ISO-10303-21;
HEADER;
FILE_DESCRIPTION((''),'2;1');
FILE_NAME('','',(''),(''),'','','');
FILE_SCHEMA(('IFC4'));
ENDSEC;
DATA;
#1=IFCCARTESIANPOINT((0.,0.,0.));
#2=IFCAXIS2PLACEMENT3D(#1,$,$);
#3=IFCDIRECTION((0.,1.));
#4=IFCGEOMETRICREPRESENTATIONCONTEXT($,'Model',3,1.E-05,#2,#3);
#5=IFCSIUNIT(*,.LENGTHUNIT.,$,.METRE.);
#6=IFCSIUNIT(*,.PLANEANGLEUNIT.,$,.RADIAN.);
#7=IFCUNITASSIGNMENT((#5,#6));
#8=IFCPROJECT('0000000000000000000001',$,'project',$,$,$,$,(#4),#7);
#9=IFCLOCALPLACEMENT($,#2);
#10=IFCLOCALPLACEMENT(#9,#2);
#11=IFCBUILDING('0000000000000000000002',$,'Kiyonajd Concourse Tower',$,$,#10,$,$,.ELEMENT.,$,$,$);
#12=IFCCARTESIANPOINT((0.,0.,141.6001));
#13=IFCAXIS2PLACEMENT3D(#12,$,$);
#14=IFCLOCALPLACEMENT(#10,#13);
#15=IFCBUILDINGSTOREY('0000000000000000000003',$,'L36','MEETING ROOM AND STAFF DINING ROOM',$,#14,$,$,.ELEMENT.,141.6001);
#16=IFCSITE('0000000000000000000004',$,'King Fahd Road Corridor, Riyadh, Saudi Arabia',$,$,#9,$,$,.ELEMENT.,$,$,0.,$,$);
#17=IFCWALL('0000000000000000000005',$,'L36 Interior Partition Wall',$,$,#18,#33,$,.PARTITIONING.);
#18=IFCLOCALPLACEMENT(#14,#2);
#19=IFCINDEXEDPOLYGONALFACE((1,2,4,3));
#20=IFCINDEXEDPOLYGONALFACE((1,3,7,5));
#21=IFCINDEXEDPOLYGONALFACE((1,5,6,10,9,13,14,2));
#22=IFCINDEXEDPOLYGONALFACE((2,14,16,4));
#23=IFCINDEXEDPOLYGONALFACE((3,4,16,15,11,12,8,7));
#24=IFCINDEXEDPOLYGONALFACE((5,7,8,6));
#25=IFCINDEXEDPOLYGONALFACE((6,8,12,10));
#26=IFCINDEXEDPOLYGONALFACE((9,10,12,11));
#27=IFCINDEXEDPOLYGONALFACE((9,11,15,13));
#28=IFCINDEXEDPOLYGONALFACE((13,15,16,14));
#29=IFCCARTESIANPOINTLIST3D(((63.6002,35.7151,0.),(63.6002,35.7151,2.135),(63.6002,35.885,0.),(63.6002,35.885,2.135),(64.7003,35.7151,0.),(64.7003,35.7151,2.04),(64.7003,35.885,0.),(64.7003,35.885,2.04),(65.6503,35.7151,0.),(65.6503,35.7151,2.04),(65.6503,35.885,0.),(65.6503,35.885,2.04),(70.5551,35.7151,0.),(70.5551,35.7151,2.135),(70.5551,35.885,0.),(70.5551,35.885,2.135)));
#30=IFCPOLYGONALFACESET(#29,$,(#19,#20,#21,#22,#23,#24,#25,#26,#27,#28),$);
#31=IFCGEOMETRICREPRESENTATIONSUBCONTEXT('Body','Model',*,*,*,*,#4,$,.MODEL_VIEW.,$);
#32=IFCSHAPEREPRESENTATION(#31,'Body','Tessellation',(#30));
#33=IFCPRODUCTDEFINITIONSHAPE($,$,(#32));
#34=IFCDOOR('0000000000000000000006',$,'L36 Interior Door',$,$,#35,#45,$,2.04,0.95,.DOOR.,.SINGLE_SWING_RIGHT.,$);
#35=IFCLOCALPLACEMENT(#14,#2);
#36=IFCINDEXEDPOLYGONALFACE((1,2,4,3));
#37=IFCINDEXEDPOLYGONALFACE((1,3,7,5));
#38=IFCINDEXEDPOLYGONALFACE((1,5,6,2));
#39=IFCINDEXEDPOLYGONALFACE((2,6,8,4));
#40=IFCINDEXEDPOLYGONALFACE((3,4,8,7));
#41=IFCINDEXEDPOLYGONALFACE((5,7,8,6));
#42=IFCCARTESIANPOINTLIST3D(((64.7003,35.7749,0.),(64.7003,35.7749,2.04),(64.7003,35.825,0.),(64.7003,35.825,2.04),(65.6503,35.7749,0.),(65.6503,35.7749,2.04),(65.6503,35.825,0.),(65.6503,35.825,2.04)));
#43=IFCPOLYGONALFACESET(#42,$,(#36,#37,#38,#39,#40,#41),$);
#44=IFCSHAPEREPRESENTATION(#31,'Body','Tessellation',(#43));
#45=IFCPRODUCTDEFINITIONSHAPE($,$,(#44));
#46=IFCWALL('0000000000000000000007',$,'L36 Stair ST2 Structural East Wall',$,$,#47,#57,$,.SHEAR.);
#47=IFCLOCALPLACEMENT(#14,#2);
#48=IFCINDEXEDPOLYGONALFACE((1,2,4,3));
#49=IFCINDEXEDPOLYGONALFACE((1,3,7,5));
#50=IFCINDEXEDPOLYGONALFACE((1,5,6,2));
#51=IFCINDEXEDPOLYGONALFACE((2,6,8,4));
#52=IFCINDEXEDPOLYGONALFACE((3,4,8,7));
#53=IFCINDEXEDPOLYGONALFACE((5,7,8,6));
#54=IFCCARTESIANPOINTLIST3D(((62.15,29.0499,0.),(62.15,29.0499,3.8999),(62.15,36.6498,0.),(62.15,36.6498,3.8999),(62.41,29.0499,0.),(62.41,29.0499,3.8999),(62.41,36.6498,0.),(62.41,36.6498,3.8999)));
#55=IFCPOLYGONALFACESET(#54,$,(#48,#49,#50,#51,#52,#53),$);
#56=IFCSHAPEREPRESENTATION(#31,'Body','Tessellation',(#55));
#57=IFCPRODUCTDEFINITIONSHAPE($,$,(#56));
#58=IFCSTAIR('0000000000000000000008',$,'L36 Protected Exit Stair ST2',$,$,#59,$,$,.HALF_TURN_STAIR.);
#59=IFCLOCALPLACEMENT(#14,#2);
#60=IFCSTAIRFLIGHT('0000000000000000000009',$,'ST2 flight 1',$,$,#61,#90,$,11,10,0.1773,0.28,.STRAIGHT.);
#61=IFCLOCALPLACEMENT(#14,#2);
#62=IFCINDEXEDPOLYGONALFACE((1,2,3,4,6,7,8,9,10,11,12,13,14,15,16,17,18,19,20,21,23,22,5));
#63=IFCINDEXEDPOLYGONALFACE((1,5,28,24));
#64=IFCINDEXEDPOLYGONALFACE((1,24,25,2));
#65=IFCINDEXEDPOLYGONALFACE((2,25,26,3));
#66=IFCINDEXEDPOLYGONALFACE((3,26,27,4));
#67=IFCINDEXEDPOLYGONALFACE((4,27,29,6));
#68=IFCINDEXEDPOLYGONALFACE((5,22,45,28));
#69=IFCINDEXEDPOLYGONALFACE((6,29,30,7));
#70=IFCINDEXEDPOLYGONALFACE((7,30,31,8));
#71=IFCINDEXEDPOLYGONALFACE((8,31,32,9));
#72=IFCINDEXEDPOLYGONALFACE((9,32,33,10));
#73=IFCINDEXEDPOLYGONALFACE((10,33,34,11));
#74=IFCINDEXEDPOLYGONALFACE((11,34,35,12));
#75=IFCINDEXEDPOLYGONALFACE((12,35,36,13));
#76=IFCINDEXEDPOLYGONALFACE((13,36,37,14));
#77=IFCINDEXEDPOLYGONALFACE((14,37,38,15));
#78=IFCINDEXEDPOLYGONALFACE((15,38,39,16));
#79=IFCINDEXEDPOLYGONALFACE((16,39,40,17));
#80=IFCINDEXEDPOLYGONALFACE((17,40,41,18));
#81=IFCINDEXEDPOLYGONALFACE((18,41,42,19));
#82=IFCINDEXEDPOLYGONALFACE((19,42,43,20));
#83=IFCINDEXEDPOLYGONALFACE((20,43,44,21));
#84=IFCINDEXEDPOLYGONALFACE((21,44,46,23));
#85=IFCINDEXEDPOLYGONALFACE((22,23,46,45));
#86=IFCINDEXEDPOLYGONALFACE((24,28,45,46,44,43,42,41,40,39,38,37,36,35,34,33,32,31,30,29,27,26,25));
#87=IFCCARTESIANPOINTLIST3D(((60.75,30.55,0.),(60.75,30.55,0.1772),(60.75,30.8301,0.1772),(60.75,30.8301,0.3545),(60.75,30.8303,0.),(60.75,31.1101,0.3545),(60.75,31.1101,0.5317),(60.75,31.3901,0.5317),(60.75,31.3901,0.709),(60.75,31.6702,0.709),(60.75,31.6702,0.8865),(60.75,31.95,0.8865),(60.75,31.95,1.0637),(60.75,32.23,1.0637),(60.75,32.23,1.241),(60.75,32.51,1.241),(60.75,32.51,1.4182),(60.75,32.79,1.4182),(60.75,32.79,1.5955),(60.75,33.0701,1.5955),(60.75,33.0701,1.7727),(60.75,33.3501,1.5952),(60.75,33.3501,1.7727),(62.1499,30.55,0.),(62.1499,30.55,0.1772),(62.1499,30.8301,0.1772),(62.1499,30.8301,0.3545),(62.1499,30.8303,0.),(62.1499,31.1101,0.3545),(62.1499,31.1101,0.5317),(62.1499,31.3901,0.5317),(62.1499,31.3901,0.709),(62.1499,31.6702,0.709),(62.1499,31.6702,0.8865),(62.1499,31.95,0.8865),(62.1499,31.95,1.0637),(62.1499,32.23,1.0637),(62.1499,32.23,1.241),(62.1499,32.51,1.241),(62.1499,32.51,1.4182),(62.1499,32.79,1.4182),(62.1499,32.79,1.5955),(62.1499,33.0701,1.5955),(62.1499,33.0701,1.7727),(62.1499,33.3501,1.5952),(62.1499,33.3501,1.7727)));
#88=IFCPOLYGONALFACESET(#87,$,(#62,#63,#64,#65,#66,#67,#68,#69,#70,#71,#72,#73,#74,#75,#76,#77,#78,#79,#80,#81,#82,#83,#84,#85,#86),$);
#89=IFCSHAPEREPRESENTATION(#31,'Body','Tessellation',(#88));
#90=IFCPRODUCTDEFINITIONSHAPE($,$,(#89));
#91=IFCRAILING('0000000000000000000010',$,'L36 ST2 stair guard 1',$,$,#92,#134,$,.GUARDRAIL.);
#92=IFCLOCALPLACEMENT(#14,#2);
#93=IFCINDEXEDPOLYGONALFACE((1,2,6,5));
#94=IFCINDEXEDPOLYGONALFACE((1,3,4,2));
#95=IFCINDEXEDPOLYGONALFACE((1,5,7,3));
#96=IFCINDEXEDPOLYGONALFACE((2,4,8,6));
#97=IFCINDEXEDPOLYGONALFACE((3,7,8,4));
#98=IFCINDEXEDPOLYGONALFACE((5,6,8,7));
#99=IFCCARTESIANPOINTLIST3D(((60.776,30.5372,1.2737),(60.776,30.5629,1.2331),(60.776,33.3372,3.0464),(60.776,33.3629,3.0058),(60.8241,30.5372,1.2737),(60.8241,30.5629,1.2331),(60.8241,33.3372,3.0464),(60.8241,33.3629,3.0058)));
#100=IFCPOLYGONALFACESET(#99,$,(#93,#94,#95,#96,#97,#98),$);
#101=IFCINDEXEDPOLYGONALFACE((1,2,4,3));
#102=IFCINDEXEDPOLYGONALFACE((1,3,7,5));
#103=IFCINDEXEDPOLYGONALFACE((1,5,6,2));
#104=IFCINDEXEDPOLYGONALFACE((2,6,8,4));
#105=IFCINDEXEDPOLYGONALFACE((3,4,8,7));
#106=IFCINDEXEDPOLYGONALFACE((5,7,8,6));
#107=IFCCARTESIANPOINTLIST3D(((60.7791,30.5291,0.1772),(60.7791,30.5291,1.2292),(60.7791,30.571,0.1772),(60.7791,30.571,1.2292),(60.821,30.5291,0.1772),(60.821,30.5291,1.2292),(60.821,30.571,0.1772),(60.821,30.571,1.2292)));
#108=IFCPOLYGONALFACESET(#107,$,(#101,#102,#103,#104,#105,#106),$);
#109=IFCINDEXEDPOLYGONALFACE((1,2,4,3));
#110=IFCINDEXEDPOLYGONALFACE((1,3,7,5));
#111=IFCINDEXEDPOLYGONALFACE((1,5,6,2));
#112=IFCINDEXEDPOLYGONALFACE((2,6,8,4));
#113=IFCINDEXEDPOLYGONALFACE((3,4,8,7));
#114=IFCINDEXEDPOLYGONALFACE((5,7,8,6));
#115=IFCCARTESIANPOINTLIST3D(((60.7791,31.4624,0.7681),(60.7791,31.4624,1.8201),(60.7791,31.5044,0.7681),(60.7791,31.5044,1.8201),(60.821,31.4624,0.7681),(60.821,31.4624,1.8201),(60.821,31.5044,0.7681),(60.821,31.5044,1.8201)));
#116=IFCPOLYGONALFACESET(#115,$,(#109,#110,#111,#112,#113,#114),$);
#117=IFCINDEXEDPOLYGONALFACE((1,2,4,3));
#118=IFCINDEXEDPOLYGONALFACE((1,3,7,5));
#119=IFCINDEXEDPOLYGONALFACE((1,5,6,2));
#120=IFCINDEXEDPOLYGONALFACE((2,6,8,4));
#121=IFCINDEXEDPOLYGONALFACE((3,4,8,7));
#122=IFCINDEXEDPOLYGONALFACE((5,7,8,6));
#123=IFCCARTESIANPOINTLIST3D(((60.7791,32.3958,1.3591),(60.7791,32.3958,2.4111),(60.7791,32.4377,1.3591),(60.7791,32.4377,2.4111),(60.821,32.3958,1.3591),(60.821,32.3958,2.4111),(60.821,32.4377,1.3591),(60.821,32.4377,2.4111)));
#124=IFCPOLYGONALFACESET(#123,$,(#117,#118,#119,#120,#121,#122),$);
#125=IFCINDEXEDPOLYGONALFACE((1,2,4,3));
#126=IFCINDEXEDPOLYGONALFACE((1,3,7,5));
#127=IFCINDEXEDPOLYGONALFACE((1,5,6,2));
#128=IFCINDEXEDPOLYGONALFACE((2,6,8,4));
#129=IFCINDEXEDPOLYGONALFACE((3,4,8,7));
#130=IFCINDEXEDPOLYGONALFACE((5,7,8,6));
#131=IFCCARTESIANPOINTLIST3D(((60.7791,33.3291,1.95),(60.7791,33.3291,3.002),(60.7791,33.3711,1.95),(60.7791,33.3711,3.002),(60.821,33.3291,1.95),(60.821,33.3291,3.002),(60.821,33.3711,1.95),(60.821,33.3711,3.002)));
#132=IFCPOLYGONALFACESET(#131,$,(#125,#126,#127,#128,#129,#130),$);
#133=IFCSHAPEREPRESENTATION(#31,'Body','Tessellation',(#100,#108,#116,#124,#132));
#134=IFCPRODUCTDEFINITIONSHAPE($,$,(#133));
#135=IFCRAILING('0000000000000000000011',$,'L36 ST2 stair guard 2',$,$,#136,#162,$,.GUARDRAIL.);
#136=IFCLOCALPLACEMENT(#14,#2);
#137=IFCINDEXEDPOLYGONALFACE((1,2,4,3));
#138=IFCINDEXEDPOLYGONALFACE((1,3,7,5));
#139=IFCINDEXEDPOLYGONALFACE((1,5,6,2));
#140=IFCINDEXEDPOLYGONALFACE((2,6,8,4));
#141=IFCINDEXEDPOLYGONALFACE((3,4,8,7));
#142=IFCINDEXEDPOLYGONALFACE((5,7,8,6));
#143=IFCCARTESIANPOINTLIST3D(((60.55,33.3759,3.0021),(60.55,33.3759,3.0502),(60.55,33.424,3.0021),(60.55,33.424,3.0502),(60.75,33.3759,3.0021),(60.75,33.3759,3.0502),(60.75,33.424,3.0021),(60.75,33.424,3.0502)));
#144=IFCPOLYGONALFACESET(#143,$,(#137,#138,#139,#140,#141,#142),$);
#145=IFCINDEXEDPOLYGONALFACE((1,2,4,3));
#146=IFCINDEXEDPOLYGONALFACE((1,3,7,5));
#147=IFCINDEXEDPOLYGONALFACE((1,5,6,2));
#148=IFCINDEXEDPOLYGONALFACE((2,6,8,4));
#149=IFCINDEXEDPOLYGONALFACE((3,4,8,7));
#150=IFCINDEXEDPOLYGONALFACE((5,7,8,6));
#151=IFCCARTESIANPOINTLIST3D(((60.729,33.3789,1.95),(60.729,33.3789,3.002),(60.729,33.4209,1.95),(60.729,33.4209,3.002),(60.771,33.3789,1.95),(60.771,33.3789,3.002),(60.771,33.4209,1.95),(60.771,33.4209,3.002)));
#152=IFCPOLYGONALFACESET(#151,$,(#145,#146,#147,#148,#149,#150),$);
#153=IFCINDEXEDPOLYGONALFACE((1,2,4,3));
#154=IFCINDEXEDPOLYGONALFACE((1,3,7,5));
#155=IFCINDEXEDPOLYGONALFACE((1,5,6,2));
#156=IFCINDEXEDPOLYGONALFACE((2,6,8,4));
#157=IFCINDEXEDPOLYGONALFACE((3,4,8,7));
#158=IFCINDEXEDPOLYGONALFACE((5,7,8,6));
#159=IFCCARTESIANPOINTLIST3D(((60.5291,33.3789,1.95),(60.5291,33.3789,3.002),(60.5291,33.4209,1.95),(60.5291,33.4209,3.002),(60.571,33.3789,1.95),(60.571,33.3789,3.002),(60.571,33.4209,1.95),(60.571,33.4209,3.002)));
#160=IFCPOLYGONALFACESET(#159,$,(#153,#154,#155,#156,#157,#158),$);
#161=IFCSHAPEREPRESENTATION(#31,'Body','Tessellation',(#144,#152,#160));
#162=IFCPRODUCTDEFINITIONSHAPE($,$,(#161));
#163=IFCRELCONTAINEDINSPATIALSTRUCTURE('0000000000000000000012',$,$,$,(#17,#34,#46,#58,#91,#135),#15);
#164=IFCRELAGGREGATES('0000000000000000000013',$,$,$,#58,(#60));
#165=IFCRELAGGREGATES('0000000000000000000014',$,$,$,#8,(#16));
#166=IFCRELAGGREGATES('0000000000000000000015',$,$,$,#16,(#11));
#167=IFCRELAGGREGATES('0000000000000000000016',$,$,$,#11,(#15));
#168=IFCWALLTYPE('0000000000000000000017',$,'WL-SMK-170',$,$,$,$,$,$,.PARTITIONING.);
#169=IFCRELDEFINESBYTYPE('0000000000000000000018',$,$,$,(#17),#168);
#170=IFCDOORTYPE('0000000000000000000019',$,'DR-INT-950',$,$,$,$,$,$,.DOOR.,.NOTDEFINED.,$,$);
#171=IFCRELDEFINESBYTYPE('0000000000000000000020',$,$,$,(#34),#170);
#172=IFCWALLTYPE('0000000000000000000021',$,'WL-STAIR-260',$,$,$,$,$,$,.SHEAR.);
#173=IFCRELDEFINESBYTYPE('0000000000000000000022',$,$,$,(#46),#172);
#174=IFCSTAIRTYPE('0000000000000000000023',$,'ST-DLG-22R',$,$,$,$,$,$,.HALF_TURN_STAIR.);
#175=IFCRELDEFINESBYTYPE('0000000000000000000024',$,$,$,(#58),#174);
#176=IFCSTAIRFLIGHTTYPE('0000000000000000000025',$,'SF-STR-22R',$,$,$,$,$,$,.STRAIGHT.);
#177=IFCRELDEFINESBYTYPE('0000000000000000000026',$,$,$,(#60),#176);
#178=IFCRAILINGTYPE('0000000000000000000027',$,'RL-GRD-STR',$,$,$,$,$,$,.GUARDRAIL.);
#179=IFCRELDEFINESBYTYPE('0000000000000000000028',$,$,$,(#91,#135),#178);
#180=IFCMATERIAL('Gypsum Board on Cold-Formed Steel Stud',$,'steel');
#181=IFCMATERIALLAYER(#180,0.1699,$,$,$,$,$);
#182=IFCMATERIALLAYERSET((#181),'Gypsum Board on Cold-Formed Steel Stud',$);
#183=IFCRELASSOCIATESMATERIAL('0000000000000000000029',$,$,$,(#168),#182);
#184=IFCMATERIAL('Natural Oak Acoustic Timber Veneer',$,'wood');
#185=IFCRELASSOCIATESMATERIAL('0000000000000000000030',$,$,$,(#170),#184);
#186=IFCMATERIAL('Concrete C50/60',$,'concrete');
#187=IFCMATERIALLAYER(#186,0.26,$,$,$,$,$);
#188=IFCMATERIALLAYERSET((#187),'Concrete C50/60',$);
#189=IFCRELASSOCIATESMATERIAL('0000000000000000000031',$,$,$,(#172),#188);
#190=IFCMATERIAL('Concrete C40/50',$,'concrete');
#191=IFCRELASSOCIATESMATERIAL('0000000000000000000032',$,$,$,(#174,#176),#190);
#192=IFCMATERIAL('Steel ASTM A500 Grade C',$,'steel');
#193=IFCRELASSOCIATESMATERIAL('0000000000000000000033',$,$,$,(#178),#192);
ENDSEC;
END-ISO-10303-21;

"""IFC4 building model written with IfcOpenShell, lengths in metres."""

from ifc_helpers import new_model, si_unit, direction, frame, frame_2d, origin, origin_2d, place, context, subcontext, project, spatial, polyline, rectangle, outline, extrude, material, layer, layer_set, type_object, element, fill, aggregate, save


model = new_model("IFC4")

# Units and contexts
model_context = context("Model", 3, precision=1e-05, world=origin(), true_north=direction((0.0, 1.0)))
body_context = subcontext(model_context, "Body", "Model", "MODEL_VIEW")
ifc_project = project(units=[si_unit("LENGTHUNIT", "METRE"), si_unit("PLANEANGLEUNIT", "RADIAN")], contexts=[model_context])

# Site, building, storey
site_placement = place(None, origin())
site = spatial("IfcSite", under=ifc_project, at=site_placement, Name="King Fahd Road Corridor, Riyadh, Saudi Arabia", CompositionType="ELEMENT", RefElevation=0.0)
building_placement = place(site_placement, origin())
building = spatial("IfcBuilding", under=site, at=building_placement, Name="Kiyonajd Concourse Tower", CompositionType="ELEMENT")
storey_placement = place(building_placement, frame((0.0, 0.0, 141.6001)))
storey = spatial("IfcBuildingStorey", under=building, at=storey_placement, Name="L36", Description="MEETING ROOM AND STAFF DINING ROOM", CompositionType="ELEMENT", Elevation=141.6001)

# Wall, opening, door
ifc_material_1 = material(Name="Gypsum Board on Cold-Formed Steel Stud", Category="steel")
ifc_layer_1 = layer(ifc_material_1, 0.1699)
ifc_layer_set_1 = layer_set([ifc_layer_1], Name="Gypsum Board on Cold-Formed Steel Stud")
wall_type_1 = type_object("IfcWallType", Name="WL-SMK-170", PredefinedType="PARTITIONING", material=ifc_layer_set_1)
wall_1_placement = place(storey_placement, frame((63.6001, 35.8, 0.0), z_axis=(0.0, 0.0, 1.0), x_axis=(1.0, 0.0, 0.0)))
wall_1 = element("IfcWall", 1, at=wall_1_placement, inside=storey, type_object=wall_type_1, Name="L36 Interior Partition Wall", PredefinedType="PARTITIONING", context=body_context, shape_type="SweptSolid", body=[
    extrude(rectangle(XDim=6.9548, YDim=0.1699, at=frame_2d((3.4775, 0.0))), origin(), (0.0, 0.0, 1.0), 2.135),
])
opening_placement = place(wall_1_placement, frame((1.1001, 0.0, 0.0)))
opening = element("IfcOpeningElement", 2, at=opening_placement, cuts=wall_1, PredefinedType="OPENING", context=body_context, shape_type="SweptSolid", body=[
    extrude(rectangle(XDim=0.95, YDim=2.04, at=frame_2d((0.4751, 1.02))), frame((0.0, 0.095, 0.0), z_axis=(0.0, -1.0, 0.0), x_axis=(1.0, 0.0, 0.0)), (0.0, 0.0, 1.0), 0.1899),
])
ifc_material_2 = material(Name="Natural Oak Acoustic Timber Veneer", Category="wood")
door_type = type_object("IfcDoorType", Name="DR-INT-950", OperationType="NOTDEFINED", PredefinedType="DOOR", material=ifc_material_2)
door_placement = place(opening_placement, origin())
door = element("IfcDoor", 3, at=door_placement, inside=storey, type_object=door_type, Name="L36 Interior Door", OperationType="SINGLE_SWING_RIGHT", OverallHeight=2.04, OverallWidth=0.95, PredefinedType="DOOR", context=body_context, shape_type="SweptSolid", body=[
    extrude(rectangle(XDim=0.95, YDim=2.04, at=frame_2d((0.4751, 1.02))), frame((0.0, 0.0249, 0.0), z_axis=(0.0, -1.0, 0.0), x_axis=(1.0, 0.0, 0.0)), (0.0, 0.0, 1.0), 0.05),
])
fill(opening, door)

# Wall
ifc_material_3 = material(Name="Concrete C50/60", Category="concrete")
ifc_layer_2 = layer(ifc_material_3, 0.26)
ifc_layer_set_2 = layer_set([ifc_layer_2], Name="Concrete C50/60")
wall_type_2 = type_object("IfcWallType", Name="WL-STAIR-260", PredefinedType="SHEAR", material=ifc_layer_set_2)
wall_2_placement = place(storey_placement, frame((62.28, 29.05, 0.0), z_axis=(0.0, 0.0, 1.0), x_axis=(0.0, 1.0, 0.0)))
element("IfcWall", 4, at=wall_2_placement, inside=storey, type_object=wall_type_2, Name="L36 Stair ST2 Structural East Wall", PredefinedType="SHEAR", context=body_context, shape_type="SweptSolid", body=[
    extrude(rectangle(XDim=7.5999, YDim=0.26, at=frame_2d((3.7998, 0.0))), origin(), (0.0, 0.0, 1.0), 3.8999),
])

# Stair, stair flight
ifc_material_4 = material(Name="Concrete C40/50", Category="concrete")
stair_type = type_object("IfcStairType", Name="ST-DLG-22R", PredefinedType="HALF_TURN_STAIR", material=ifc_material_4)
stair_placement = place(storey_placement, origin())
stair = element("IfcStair", 5, at=stair_placement, inside=storey, type_object=stair_type, Name="L36 Protected Exit Stair ST2", PredefinedType="HALF_TURN_STAIR")
stair_flight_type = type_object("IfcStairFlightType", Name="SF-STR-22R", PredefinedType="STRAIGHT", material=ifc_material_4)
stair_flight_placement = place(storey_placement, frame((61.45, 30.55, 0.0), z_axis=(0.0, 0.0, 1.0), x_axis=(0.0, 1.0, 0.0)))
stair_flight = element("IfcStairFlight", 6, at=stair_flight_placement, type_object=stair_flight_type, Name="ST2 flight 1", NumberOfRisers=11, NumberOfTreads=10, PredefinedType="STRAIGHT", RiserHeight=0.1773, TreadLength=0.28, context=body_context, shape_type="SweptSolid", body=[
    extrude(outline(polyline([(0.0, 0.0), (0.0, 0.1772), (0.28, 0.1772), (0.28, 0.3545), (0.5601, 0.3545), (0.5601, 0.5317), (0.8401, 0.5317), (0.8401, 0.709), (1.1201, 0.709), (1.1201, 0.8865), (1.3999, 0.8865), (1.3999, 1.0637), (1.6799, 1.0637), (1.6799, 1.241), (1.96, 1.241), (1.96, 1.4182), (2.24, 1.4182), (2.24, 1.5955), (2.52, 1.5955), (2.52, 1.7727), (2.8, 1.7727), (2.8, 1.95), (2.8, 1.5952), (0.2803, 0.0), (0.0, 0.0)])), frame((0.0, 0.7, 0.0), z_axis=(0.0, -1.0, 0.0), x_axis=(1.0, 0.0, 0.0)), (0.0, 0.0, 1.0), 1.3999),
])
aggregate(stair, [stair_flight])

# Railings
ifc_material_5 = material(Name="Steel ASTM A500 Grade C", Category="steel")
railing_type_1 = type_object("IfcRailingType", Name="RL-GRD-STR", PredefinedType="GUARDRAIL", material=ifc_material_5)
railing_1_placement = place(storey_placement, frame((60.8, 30.55, 0.1772)))
element("IfcRailing", 7, at=railing_1_placement, inside=storey, type_object=railing_type_1, Name="L36 ST2 stair guard 1", PredefinedType="GUARDRAIL", context=body_context, shape_type="SweptSolid", body=[
    extrude(rectangle(XDim=0.0481, YDim=0.0481, at=origin_2d()), frame((0.0, 0.0, 1.0762), z_axis=(0.0, 0.844909, 0.53491), x_axis=(-1.0, 0.0, 0.0)), (0.0, 0.0, 1.0), 3.314),
    extrude(rectangle(XDim=0.042, YDim=0.042, at=origin_2d()), origin(), (0.0, 0.0, 1.0), 1.052),
    extrude(rectangle(XDim=0.042, YDim=0.042, at=origin_2d()), frame((0.0, 0.9333, 0.5908)), (0.0, 0.0, 1.0), 1.052),
    extrude(rectangle(XDim=0.042, YDim=0.042, at=origin_2d()), frame((0.0, 1.8667, 1.1819)), (0.0, 0.0, 1.0), 1.052),
    extrude(rectangle(XDim=0.042, YDim=0.042, at=origin_2d()), frame((0.0, 2.8, 1.7727)), (0.0, 0.0, 1.0), 1.052),
])
railing_2_placement = place(storey_placement, frame((60.75, 33.3999, 1.95)))
element("IfcRailing", 8, at=railing_2_placement, inside=storey, type_object=railing_type_1, Name="L36 ST2 stair guard 2", PredefinedType="GUARDRAIL", context=body_context, shape_type="SweptSolid", body=[
    extrude(rectangle(XDim=0.0481, YDim=0.0481, at=origin_2d()), frame((0.0, 0.0, 1.0762), z_axis=(-1.0, 0.0, 0.0), x_axis=(0.0, -1.0, 0.0)), (0.0, 0.0, 1.0), 0.2),
    extrude(rectangle(XDim=0.042, YDim=0.042, at=origin_2d()), origin(), (0.0, 0.0, 1.0), 1.052),
    extrude(rectangle(XDim=0.042, YDim=0.042, at=origin_2d()), frame((-0.2, 0.0, 0.0)), (0.0, 0.0, 1.0), 1.052),
])

save(model, "model.ifc")
